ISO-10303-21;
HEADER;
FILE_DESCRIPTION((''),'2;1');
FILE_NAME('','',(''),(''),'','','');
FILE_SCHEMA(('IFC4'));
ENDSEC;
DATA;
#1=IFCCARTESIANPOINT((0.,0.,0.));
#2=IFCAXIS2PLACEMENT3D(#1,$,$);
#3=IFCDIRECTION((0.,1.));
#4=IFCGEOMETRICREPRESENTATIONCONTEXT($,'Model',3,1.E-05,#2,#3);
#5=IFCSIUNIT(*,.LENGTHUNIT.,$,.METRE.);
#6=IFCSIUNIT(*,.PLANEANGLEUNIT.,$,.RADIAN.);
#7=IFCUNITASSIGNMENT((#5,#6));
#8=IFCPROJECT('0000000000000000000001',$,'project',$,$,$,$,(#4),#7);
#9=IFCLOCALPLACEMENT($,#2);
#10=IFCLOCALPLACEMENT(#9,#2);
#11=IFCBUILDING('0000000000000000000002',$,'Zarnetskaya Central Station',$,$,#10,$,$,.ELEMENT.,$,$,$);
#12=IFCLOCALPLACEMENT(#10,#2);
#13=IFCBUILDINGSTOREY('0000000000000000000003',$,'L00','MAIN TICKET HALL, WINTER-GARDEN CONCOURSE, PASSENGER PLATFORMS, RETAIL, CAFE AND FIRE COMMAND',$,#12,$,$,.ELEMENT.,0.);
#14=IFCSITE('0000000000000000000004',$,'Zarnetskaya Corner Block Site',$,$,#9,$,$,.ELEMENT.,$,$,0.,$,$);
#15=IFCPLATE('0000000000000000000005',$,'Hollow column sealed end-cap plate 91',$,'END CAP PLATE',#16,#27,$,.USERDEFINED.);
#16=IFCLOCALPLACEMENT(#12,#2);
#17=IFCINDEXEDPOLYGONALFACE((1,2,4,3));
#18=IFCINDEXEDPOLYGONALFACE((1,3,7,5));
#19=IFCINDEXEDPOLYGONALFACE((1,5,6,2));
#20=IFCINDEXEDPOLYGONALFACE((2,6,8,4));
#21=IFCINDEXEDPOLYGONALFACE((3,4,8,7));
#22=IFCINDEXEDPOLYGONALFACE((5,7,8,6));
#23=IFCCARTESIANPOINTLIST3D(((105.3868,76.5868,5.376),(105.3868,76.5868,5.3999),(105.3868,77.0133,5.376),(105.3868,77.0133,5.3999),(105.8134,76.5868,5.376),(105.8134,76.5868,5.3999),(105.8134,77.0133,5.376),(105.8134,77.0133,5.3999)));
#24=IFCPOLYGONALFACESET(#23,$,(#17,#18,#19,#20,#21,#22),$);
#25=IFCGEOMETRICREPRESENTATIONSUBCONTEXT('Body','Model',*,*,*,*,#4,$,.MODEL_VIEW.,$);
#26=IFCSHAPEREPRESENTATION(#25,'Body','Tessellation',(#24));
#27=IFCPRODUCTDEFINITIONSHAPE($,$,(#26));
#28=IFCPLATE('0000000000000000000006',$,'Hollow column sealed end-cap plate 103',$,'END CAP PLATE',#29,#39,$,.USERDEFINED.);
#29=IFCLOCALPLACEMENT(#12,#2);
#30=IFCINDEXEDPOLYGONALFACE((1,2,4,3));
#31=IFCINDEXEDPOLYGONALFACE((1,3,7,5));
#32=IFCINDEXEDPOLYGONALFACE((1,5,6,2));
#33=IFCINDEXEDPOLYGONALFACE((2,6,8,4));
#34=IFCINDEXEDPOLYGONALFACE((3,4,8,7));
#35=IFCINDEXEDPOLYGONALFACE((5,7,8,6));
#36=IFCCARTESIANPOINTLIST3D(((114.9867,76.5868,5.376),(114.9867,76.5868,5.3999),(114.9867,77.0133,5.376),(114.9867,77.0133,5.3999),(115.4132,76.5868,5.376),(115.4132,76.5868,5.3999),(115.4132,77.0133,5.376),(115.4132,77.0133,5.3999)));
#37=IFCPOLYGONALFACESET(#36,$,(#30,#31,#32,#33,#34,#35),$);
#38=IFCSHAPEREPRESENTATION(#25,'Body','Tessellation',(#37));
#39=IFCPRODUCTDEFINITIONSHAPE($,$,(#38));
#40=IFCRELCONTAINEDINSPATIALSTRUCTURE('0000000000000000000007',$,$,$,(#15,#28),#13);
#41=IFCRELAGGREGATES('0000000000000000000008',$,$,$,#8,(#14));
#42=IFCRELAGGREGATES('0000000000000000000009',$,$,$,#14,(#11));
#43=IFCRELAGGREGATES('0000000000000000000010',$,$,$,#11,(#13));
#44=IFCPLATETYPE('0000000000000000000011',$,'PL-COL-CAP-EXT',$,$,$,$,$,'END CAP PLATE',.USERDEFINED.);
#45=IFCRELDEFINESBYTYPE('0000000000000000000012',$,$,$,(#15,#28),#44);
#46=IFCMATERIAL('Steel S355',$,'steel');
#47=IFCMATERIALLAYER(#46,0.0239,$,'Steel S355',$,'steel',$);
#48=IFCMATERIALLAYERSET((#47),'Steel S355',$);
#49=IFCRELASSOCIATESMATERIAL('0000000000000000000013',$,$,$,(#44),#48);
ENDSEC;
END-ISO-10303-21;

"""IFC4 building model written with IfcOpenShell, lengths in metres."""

from ifc_helpers import new_model, si_unit, direction, frame, origin, origin_2d, place, context, subcontext, project, spatial, rectangle, extrude, material, layer, layer_set, type_object, element, save


model = new_model("IFC4")

# Units and contexts
model_context = context("Model", 3, precision=1e-05, world=origin(), true_north=direction((0.0, 1.0)))
body_context = subcontext(model_context, "Body", "Model", "MODEL_VIEW")
ifc_project = project(units=[si_unit("LENGTHUNIT", "METRE"), si_unit("PLANEANGLEUNIT", "RADIAN")], contexts=[model_context])

# Site, building, storey
site_placement = place(None, origin())
site = spatial("IfcSite", under=ifc_project, at=site_placement, Name="Zarnetskaya Corner Block Site", CompositionType="ELEMENT", RefElevation=0.0)
building_placement = place(site_placement, origin())
building = spatial("IfcBuilding", under=site, at=building_placement, Name="Zarnetskaya Central Station", CompositionType="ELEMENT")
storey_placement = place(building_placement, origin())
storey = spatial("IfcBuildingStorey", under=building, at=storey_placement, Name="L00", Description="MAIN TICKET HALL, WINTER-GARDEN CONCOURSE, PASSENGER PLATFORMS, RETAIL, CAFE AND FIRE COMMAND", CompositionType="ELEMENT", Elevation=0.0)

# Shared definitions
ifc_material = material(Name="Steel S355", Category="steel")

# Plates
ifc_layer = layer(ifc_material, 0.0239, Name="Steel S355", Category="steel")
ifc_layer_set = layer_set([ifc_layer], Name="Steel S355")
plate_type = type_object("IfcPlateType", Name="PL-COL-CAP-EXT", ElementType="END CAP PLATE", PredefinedType="USERDEFINED", material=ifc_layer_set)
for number, where, z_axis, x_axis, name in (
    (1, (105.6001, 76.8, 5.376), (0.0, 0.0, 1.0), (1.0, 0.0, 0.0), "Hollow column sealed end-cap plate 91"),
    (2, (115.2, 76.8, 5.376), (0.0, 0.0, 1.0), (1.0, 0.0, 0.0), "Hollow column sealed end-cap plate 103"),
):
    element("IfcPlate", number, at=place(storey_placement, frame(where, z_axis=z_axis, x_axis=x_axis)), inside=storey, type_object=plate_type, Name=name, ObjectType="END CAP PLATE", PredefinedType="USERDEFINED", context=body_context, shape_type="SweptSolid", body=[
        extrude(rectangle(XDim=0.4265, YDim=0.4265, at=origin_2d()), origin(), (0.0, 0.0, 1.0), 0.0239),
    ])

save(model, "model.ifc")
